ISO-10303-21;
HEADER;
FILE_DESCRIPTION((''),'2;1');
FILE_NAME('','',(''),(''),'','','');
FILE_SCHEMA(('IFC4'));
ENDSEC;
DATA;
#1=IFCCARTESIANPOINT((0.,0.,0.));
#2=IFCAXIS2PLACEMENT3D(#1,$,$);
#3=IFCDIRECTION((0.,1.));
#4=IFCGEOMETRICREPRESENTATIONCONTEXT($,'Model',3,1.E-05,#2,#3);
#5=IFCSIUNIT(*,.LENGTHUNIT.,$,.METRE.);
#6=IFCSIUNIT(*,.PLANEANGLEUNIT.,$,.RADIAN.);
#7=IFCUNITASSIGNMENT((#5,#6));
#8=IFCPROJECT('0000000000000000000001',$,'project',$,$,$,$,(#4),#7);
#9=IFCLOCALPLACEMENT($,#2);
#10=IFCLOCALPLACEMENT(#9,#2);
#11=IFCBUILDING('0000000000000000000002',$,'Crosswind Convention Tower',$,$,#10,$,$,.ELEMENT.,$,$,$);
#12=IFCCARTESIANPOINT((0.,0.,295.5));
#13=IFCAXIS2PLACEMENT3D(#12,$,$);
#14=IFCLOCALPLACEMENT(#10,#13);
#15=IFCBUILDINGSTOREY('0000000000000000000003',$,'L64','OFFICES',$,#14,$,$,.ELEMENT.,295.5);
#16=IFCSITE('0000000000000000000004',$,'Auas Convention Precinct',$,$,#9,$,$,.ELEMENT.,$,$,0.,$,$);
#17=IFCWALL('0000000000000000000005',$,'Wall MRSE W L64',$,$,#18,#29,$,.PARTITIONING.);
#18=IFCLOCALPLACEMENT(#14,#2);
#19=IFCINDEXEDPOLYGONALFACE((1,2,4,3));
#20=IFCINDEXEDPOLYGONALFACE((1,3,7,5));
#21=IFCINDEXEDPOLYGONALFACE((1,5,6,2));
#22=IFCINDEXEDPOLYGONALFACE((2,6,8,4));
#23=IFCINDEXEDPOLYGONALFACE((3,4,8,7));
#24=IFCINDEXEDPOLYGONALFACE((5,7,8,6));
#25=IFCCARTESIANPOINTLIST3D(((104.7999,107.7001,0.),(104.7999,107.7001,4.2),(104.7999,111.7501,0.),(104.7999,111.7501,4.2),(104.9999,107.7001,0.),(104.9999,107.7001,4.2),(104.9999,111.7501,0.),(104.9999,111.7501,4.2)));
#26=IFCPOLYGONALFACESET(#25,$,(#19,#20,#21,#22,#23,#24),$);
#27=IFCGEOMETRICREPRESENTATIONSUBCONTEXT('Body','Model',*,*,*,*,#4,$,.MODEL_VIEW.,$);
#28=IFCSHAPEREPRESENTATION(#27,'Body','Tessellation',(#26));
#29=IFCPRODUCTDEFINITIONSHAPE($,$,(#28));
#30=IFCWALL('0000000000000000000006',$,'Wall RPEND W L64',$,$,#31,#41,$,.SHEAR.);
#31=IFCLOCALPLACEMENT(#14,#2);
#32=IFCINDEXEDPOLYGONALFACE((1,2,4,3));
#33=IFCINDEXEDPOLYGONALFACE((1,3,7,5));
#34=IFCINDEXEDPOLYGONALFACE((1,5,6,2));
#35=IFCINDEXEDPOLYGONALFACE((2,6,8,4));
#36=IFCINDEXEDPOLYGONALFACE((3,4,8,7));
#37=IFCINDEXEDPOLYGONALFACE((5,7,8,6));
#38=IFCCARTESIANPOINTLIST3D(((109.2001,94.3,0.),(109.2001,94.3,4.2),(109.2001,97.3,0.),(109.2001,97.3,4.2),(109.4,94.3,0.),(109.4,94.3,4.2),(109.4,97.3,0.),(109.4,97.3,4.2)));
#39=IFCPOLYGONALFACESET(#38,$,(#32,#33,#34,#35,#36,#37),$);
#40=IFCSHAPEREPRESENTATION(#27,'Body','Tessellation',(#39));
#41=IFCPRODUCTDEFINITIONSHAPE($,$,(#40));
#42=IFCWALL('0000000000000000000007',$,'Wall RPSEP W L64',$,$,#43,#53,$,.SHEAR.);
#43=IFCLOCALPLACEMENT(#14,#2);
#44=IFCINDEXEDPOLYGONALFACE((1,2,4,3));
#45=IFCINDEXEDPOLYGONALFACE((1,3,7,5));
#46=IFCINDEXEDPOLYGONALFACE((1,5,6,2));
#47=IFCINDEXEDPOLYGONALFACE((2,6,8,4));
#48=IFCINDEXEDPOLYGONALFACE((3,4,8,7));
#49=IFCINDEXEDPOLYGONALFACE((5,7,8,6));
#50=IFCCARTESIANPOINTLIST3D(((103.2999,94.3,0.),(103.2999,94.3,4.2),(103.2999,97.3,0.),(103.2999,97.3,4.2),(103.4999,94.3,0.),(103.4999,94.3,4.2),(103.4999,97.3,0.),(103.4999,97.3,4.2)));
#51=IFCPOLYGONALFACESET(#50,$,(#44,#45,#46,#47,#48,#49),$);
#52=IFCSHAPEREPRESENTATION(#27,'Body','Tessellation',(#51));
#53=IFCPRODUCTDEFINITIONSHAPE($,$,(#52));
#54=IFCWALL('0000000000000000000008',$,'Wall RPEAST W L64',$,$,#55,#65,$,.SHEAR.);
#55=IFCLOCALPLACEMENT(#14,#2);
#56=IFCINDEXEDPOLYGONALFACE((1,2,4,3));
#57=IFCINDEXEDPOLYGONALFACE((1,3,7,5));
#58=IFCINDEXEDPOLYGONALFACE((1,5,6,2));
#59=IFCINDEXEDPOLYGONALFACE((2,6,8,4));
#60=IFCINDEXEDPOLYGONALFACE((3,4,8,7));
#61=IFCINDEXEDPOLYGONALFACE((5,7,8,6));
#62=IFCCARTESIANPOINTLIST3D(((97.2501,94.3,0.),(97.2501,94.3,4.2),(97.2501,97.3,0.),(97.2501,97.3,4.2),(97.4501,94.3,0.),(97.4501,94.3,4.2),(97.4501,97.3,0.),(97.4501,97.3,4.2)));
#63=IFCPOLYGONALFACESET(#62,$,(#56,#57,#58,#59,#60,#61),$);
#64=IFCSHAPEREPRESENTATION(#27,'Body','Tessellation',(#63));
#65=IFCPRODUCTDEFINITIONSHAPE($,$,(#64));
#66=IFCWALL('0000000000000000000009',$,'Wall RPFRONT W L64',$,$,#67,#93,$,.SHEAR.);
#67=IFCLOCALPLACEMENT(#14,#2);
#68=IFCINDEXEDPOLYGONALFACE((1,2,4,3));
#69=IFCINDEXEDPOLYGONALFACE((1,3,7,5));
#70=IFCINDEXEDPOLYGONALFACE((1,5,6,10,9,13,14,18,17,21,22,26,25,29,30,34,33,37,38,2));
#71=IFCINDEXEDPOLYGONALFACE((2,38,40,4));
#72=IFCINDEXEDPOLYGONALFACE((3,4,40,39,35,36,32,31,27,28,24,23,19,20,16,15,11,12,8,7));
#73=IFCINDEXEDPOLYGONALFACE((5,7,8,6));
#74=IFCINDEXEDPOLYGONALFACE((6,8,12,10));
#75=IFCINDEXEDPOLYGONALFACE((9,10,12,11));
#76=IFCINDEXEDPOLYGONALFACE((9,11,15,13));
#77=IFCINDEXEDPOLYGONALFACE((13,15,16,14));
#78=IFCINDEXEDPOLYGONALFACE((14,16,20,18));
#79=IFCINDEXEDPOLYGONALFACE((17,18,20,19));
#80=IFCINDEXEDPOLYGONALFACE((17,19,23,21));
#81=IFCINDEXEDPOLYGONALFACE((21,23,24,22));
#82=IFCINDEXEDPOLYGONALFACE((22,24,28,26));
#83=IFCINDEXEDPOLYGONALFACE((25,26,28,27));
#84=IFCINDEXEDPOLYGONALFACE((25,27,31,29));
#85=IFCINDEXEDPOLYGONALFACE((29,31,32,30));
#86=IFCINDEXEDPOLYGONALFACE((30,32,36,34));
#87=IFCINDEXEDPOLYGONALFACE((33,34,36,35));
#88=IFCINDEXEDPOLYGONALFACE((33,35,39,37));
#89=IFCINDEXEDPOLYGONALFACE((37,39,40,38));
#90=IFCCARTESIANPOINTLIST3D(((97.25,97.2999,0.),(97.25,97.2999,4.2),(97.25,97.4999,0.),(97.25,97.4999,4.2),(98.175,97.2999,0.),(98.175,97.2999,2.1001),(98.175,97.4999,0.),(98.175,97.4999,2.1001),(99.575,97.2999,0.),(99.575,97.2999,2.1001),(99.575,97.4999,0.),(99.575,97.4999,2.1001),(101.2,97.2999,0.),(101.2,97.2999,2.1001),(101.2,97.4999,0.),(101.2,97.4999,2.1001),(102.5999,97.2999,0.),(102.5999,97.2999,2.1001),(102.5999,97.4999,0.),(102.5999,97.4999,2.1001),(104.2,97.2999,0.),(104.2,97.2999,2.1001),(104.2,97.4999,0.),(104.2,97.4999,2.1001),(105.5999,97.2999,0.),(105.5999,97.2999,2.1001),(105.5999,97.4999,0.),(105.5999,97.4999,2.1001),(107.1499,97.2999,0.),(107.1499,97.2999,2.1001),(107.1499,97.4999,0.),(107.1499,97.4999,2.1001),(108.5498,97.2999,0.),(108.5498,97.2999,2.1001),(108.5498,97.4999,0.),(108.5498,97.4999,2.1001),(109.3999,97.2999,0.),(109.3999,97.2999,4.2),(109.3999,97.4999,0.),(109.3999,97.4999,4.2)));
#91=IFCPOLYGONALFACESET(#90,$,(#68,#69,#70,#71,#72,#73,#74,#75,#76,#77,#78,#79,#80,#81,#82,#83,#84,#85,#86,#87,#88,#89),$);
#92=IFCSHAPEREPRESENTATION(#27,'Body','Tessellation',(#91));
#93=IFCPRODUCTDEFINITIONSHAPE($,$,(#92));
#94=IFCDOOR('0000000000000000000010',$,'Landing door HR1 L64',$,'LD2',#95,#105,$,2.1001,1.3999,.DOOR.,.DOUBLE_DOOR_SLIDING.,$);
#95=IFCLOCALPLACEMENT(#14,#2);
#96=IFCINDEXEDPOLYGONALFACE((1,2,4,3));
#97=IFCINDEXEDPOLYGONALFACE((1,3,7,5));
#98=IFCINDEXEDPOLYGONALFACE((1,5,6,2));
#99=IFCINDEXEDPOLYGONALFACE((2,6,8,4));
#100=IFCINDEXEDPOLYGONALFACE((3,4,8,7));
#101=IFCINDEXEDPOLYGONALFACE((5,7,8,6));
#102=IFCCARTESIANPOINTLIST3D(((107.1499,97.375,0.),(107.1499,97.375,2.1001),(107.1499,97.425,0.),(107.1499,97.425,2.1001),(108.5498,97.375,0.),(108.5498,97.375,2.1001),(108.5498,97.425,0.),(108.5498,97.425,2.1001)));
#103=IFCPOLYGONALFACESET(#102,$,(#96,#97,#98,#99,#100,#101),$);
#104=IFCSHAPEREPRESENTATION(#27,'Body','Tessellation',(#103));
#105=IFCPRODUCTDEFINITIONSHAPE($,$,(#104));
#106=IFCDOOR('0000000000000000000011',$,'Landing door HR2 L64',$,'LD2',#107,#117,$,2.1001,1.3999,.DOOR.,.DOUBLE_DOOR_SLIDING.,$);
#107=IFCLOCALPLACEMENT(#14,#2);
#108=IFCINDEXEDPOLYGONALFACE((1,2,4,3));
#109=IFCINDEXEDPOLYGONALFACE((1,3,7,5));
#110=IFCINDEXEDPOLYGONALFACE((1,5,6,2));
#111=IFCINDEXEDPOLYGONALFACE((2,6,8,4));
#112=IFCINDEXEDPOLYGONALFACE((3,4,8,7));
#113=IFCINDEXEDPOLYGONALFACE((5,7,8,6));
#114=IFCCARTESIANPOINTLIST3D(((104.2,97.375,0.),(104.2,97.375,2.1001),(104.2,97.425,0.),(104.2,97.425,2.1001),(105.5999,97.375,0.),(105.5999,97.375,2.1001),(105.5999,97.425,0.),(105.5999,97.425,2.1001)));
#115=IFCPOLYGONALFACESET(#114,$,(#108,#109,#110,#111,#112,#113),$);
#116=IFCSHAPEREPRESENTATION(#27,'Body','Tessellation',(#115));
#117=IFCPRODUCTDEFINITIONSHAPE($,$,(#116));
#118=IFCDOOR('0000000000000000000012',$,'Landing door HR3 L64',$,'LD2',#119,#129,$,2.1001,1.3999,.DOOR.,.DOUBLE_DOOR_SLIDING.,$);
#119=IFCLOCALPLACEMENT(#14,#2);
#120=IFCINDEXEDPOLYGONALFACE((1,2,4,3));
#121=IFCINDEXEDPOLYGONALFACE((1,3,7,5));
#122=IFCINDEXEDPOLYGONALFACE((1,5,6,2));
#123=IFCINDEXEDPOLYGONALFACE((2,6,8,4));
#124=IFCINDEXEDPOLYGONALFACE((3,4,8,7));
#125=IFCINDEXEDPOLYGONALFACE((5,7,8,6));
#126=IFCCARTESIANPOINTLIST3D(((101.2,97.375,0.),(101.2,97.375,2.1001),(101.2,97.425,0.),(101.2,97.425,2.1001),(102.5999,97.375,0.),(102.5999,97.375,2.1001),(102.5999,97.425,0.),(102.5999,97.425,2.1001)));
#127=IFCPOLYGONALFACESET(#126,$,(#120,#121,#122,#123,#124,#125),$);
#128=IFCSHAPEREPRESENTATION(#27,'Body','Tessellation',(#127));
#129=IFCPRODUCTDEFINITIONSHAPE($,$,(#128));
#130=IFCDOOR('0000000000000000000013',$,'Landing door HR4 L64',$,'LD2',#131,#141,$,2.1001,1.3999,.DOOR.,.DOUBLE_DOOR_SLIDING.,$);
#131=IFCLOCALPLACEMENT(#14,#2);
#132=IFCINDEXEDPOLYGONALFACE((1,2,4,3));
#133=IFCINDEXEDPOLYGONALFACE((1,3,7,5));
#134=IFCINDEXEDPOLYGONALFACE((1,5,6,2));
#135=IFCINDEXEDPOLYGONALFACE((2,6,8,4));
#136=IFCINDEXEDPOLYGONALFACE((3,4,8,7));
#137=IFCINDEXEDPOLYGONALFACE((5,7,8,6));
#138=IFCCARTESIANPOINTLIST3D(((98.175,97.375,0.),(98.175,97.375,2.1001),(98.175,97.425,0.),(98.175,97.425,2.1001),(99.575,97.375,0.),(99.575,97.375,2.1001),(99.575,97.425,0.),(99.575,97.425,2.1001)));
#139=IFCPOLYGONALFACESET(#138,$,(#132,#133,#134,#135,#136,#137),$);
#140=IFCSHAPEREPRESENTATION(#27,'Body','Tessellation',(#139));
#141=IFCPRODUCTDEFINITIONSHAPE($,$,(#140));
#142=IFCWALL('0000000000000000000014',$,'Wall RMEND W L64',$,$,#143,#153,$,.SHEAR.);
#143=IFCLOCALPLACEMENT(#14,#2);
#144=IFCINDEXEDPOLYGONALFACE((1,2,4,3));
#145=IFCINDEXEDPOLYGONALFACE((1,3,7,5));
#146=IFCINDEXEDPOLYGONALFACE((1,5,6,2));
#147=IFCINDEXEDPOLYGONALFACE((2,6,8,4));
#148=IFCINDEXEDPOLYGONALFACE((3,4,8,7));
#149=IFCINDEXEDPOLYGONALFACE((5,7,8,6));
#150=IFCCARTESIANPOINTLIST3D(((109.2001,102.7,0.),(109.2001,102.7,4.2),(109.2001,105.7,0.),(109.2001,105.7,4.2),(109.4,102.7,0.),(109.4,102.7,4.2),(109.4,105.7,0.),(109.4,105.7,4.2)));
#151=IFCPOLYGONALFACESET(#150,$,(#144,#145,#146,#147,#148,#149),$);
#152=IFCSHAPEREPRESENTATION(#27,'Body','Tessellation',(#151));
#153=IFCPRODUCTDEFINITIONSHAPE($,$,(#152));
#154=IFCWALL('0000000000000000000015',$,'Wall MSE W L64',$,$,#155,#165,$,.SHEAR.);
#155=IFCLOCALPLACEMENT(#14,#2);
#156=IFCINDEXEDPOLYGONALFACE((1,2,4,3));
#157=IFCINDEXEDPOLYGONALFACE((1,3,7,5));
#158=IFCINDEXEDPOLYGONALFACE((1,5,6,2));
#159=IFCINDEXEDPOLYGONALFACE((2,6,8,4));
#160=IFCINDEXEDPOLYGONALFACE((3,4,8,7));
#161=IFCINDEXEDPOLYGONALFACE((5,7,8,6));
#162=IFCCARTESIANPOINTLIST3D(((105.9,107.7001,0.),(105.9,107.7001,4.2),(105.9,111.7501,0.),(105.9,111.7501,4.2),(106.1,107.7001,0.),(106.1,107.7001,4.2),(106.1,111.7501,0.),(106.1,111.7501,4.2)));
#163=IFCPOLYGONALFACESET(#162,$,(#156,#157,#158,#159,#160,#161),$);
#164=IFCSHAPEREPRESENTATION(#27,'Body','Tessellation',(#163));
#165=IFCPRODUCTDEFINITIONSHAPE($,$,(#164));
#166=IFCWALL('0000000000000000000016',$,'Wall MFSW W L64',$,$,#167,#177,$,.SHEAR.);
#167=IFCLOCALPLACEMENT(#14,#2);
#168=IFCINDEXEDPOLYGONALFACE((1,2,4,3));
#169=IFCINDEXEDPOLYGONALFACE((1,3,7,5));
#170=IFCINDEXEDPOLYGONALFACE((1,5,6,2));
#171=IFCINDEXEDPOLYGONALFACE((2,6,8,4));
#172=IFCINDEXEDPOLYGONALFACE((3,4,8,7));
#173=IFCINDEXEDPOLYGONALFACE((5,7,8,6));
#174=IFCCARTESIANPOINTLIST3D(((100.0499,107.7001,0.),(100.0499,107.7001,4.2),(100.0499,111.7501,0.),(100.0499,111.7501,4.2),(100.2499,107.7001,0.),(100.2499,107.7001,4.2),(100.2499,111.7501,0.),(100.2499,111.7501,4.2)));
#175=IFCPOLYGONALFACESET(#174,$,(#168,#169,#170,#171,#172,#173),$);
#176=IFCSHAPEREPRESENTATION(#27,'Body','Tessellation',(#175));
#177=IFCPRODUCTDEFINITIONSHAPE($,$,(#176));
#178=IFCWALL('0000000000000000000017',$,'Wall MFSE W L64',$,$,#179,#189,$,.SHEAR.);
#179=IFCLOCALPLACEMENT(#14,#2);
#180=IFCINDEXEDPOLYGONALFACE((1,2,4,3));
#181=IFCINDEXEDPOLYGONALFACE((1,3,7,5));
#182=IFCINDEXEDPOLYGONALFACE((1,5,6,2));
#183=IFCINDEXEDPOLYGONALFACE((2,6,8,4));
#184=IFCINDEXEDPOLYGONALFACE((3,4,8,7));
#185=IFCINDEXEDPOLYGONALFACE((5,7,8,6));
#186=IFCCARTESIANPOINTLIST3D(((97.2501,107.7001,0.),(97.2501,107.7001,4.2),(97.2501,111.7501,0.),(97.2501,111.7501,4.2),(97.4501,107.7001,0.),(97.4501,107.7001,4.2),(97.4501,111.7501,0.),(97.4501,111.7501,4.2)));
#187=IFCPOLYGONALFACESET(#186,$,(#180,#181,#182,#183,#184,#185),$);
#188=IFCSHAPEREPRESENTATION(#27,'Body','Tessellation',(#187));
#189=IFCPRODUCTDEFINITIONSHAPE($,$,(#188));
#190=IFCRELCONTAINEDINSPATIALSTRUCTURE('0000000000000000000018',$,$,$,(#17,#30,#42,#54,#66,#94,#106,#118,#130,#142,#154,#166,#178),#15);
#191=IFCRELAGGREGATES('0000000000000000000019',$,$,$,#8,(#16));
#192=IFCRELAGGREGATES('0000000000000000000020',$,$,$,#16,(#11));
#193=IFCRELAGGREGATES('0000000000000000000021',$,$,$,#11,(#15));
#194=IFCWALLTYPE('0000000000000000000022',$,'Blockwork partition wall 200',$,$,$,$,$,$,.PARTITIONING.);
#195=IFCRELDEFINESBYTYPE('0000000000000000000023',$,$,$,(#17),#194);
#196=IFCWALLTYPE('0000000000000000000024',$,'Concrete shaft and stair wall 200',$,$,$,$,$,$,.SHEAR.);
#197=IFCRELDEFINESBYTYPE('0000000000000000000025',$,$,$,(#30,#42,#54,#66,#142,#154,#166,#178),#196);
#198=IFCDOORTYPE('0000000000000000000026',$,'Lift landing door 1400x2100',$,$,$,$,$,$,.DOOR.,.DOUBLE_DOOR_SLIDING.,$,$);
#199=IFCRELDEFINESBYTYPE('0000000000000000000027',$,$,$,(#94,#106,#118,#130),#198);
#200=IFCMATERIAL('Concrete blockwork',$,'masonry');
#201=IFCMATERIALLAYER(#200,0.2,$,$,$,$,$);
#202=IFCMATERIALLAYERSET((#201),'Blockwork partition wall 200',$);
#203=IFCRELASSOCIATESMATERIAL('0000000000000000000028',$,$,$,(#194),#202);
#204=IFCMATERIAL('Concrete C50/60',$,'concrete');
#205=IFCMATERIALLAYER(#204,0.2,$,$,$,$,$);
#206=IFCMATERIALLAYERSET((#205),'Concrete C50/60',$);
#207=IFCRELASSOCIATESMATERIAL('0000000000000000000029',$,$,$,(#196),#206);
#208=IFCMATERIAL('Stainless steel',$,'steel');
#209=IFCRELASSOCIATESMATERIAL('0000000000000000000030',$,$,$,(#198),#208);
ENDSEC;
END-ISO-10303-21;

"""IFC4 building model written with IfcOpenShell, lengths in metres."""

from ifc_helpers import new_model, si_unit, direction, frame, frame_2d, origin, place, context, subcontext, project, spatial, rectangle, extrude, material, layer, layer_set, type_object, element, fill, save


model = new_model("IFC4")

# Units and contexts
model_context = context("Model", 3, precision=1e-05, world=origin(), true_north=direction((0.0, 1.0)))
body_context = subcontext(model_context, "Body", "Model", "MODEL_VIEW")
ifc_project = project(units=[si_unit("LENGTHUNIT", "METRE"), si_unit("PLANEANGLEUNIT", "RADIAN")], contexts=[model_context])

# Site, building, storey
site_placement = place(None, origin())
site = spatial("IfcSite", under=ifc_project, at=site_placement, Name="Auas Convention Precinct", CompositionType="ELEMENT", RefElevation=0.0)
building_placement = place(site_placement, origin())
building = spatial("IfcBuilding", under=site, at=building_placement, Name="Crosswind Convention Tower", CompositionType="ELEMENT")
storey_placement = place(building_placement, frame((0.0, 0.0, 295.5)))
storey = spatial("IfcBuildingStorey", under=building, at=storey_placement, Name="L64", Description="OFFICES", CompositionType="ELEMENT", Elevation=295.5)

# Walls
ifc_material_1 = material(Name="Concrete blockwork", Category="masonry")
ifc_layer_1 = layer(ifc_material_1, 0.2)
ifc_layer_set_1 = layer_set([ifc_layer_1], Name="Blockwork partition wall 200")
wall_type_1 = type_object("IfcWallType", Name="Blockwork partition wall 200", PredefinedType="PARTITIONING", material=ifc_layer_set_1)
wall_1_placement = place(storey_placement, frame((104.8999, 111.75, 0.0), z_axis=(0.0, 0.0, 1.0), x_axis=(0.0, -1.0, 0.0)))
element("IfcWall", 1, at=wall_1_placement, inside=storey, type_object=wall_type_1, Name="Wall MRSE W L64", PredefinedType="PARTITIONING", context=body_context, shape_type="SweptSolid", body=[
    extrude(rectangle(XDim=4.05, YDim=0.2, at=frame_2d((2.0249, 0.0))), origin(), (0.0, 0.0, 1.0), 4.2),
])
ifc_material_2 = material(Name="Concrete C50/60", Category="concrete")
ifc_layer_2 = layer(ifc_material_2, 0.2)
ifc_layer_set_2 = layer_set([ifc_layer_2], Name="Concrete C50/60")
wall_type_2 = type_object("IfcWallType", Name="Concrete shaft and stair wall 200", PredefinedType="SHEAR", material=ifc_layer_set_2)
for number, where, z_axis, x_axis, name in (
    (2, (109.3, 97.3, 0.0), (0.0, 0.0, 1.0), (0.0, -1.0, 0.0), "Wall RPEND W L64"),
    (3, (103.3999, 97.3, 0.0), (0.0, 0.0, 1.0), (0.0, -1.0, 0.0), "Wall RPSEP W L64"),
    (4, (97.3501, 97.3, 0.0), (0.0, 0.0, 1.0), (0.0, -1.0, 0.0), "Wall RPEAST W L64"),
):
    element("IfcWall", number, at=place(storey_placement, frame(where, z_axis=z_axis, x_axis=x_axis)), inside=storey, type_object=wall_type_2, Name=name, PredefinedType="SHEAR", context=body_context, shape_type="SweptSolid", body=[
        extrude(rectangle(XDim=3.0, YDim=0.2, at=frame_2d((1.5, 0.0))), origin(), (0.0, 0.0, 1.0), 4.2),
    ])

# Wall, openings, doors
wall_2_placement = place(storey_placement, frame((109.3999, 97.3999, 0.0), z_axis=(0.0, 0.0, 1.0), x_axis=(-1.0, 0.0, 0.0)))
wall_2 = element("IfcWall", 5, at=wall_2_placement, inside=storey, type_object=wall_type_2, Name="Wall RPFRONT W L64", PredefinedType="SHEAR", context=body_context, shape_type="SweptSolid", body=[
    extrude(rectangle(XDim=12.1499, YDim=0.2, at=frame_2d((6.075, 0.0))), origin(), (0.0, 0.0, 1.0), 4.2),
])
opening_1_placement = place(wall_2_placement, frame((0.8501, 0.0, 0.0)))
opening_1 = element("IfcOpeningElement", 6, at=opening_1_placement, cuts=wall_2, PredefinedType="OPENING", context=body_context, shape_type="SweptSolid", body=[
    extrude(rectangle(XDim=1.3999, YDim=2.1001, at=frame_2d((0.7, 1.05))), frame((0.0, 0.1099, 0.0), z_axis=(0.0, -1.0, 0.0), x_axis=(1.0, 0.0, 0.0)), (0.0, 0.0, 1.0), 0.22),
])
opening_2_placement = place(wall_2_placement, frame((3.8, 0.0, 0.0)))
opening_2 = element("IfcOpeningElement", 7, at=opening_2_placement, cuts=wall_2, PredefinedType="OPENING", context=body_context, shape_type="SweptSolid", body=[
    extrude(rectangle(XDim=1.3999, YDim=2.1001, at=frame_2d((0.7, 1.05))), frame((0.0, 0.1099, 0.0), z_axis=(0.0, -1.0, 0.0), x_axis=(1.0, 0.0, 0.0)), (0.0, 0.0, 1.0), 0.22),
])
opening_3_placement = place(wall_2_placement, frame((6.8, 0.0, 0.0)))
opening_3 = element("IfcOpeningElement", 8, at=opening_3_placement, cuts=wall_2, PredefinedType="OPENING", context=body_context, shape_type="SweptSolid", body=[
    extrude(rectangle(XDim=1.3999, YDim=2.1001, at=frame_2d((0.7, 1.05))), frame((0.0, 0.1099, 0.0), z_axis=(0.0, -1.0, 0.0), x_axis=(1.0, 0.0, 0.0)), (0.0, 0.0, 1.0), 0.22),
])
opening_4_placement = place(wall_2_placement, frame((9.825, 0.0, 0.0)))
opening_4 = element("IfcOpeningElement", 9, at=opening_4_placement, cuts=wall_2, PredefinedType="OPENING", context=body_context, shape_type="SweptSolid", body=[
    extrude(rectangle(XDim=1.3999, YDim=2.1001, at=frame_2d((0.7, 1.05))), frame((0.0, 0.1099, 0.0), z_axis=(0.0, -1.0, 0.0), x_axis=(1.0, 0.0, 0.0)), (0.0, 0.0, 1.0), 0.22),
])
ifc_material_3 = material(Name="Stainless steel", Category="steel")
door_type_1 = type_object("IfcDoorType", Name="Lift landing door 1400x2100", OperationType="DOUBLE_DOOR_SLIDING", PredefinedType="DOOR", material=ifc_material_3)
door_1_placement = place(opening_1_placement, origin())
door_1 = element("IfcDoor", 10, at=door_1_placement, inside=storey, type_object=door_type_1, Name="Landing door HR1 L64", ObjectType="LD2", OperationType="DOUBLE_DOOR_SLIDING", OverallHeight=2.1001, OverallWidth=1.3999, PredefinedType="DOOR", context=body_context, shape_type="SweptSolid", body=[
    extrude(rectangle(XDim=1.3999, YDim=2.1001, at=frame_2d((0.7, 1.05))), frame((0.0, 0.0249, 0.0), z_axis=(0.0, -1.0, 0.0), x_axis=(1.0, 0.0, 0.0)), (0.0, 0.0, 1.0), 0.05),
])
fill(opening_1, door_1)
door_2_placement = place(opening_2_placement, origin())
door_2 = element("IfcDoor", 11, at=door_2_placement, inside=storey, type_object=door_type_1, Name="Landing door HR2 L64", ObjectType="LD2", OperationType="DOUBLE_DOOR_SLIDING", OverallHeight=2.1001, OverallWidth=1.3999, PredefinedType="DOOR", context=body_context, shape_type="SweptSolid", body=[
    extrude(rectangle(XDim=1.3999, YDim=2.1001, at=frame_2d((0.7, 1.05))), frame((0.0, 0.0249, 0.0), z_axis=(0.0, -1.0, 0.0), x_axis=(1.0, 0.0, 0.0)), (0.0, 0.0, 1.0), 0.05),
])
fill(opening_2, door_2)
door_3_placement = place(opening_3_placement, origin())
door_3 = element("IfcDoor", 12, at=door_3_placement, inside=storey, type_object=door_type_1, Name="Landing door HR3 L64", ObjectType="LD2", OperationType="DOUBLE_DOOR_SLIDING", OverallHeight=2.1001, OverallWidth=1.3999, PredefinedType="DOOR", context=body_context, shape_type="SweptSolid", body=[
    extrude(rectangle(XDim=1.3999, YDim=2.1001, at=frame_2d((0.7, 1.05))), frame((0.0, 0.0249, 0.0), z_axis=(0.0, -1.0, 0.0), x_axis=(1.0, 0.0, 0.0)), (0.0, 0.0, 1.0), 0.05),
])
fill(opening_3, door_3)
door_4_placement = place(opening_4_placement, origin())
door_4 = element("IfcDoor", 13, at=door_4_placement, inside=storey, type_object=door_type_1, Name="Landing door HR4 L64", ObjectType="LD2", OperationType="DOUBLE_DOOR_SLIDING", OverallHeight=2.1001, OverallWidth=1.3999, PredefinedType="DOOR", context=body_context, shape_type="SweptSolid", body=[
    extrude(rectangle(XDim=1.3999, YDim=2.1001, at=frame_2d((0.7, 1.05))), frame((0.0, 0.0249, 0.0), z_axis=(0.0, -1.0, 0.0), x_axis=(1.0, 0.0, 0.0)), (0.0, 0.0, 1.0), 0.05),
])
fill(opening_4, door_4)

# Walls
wall_3_placement = place(storey_placement, frame((109.3, 105.7, 0.0), z_axis=(0.0, 0.0, 1.0), x_axis=(0.0, -1.0, 0.0)))
element("IfcWall", 14, at=wall_3_placement, inside=storey, type_object=wall_type_2, Name="Wall RMEND W L64", PredefinedType="SHEAR", context=body_context, shape_type="SweptSolid", body=[
    extrude(rectangle(XDim=3.0, YDim=0.2, at=frame_2d((1.5, 0.0))), origin(), (0.0, 0.0, 1.0), 4.2),
])
for number, where, z_axis, x_axis, name in (
    (15, (106.0, 111.75, 0.0), (0.0, 0.0, 1.0), (0.0, -1.0, 0.0), "Wall MSE W L64"),
    (16, (100.1499, 111.75, 0.0), (0.0, 0.0, 1.0), (0.0, -1.0, 0.0), "Wall MFSW W L64"),
    (17, (97.3501, 111.75, 0.0), (0.0, 0.0, 1.0), (0.0, -1.0, 0.0), "Wall MFSE W L64"),
):
    element("IfcWall", number, at=place(storey_placement, frame(where, z_axis=z_axis, x_axis=x_axis)), inside=storey, type_object=wall_type_2, Name=name, PredefinedType="SHEAR", context=body_context, shape_type="SweptSolid", body=[
        extrude(rectangle(XDim=4.05, YDim=0.2, at=frame_2d((2.0249, 0.0))), origin(), (0.0, 0.0, 1.0), 4.2),
    ])

save(model, "model.ifc")
